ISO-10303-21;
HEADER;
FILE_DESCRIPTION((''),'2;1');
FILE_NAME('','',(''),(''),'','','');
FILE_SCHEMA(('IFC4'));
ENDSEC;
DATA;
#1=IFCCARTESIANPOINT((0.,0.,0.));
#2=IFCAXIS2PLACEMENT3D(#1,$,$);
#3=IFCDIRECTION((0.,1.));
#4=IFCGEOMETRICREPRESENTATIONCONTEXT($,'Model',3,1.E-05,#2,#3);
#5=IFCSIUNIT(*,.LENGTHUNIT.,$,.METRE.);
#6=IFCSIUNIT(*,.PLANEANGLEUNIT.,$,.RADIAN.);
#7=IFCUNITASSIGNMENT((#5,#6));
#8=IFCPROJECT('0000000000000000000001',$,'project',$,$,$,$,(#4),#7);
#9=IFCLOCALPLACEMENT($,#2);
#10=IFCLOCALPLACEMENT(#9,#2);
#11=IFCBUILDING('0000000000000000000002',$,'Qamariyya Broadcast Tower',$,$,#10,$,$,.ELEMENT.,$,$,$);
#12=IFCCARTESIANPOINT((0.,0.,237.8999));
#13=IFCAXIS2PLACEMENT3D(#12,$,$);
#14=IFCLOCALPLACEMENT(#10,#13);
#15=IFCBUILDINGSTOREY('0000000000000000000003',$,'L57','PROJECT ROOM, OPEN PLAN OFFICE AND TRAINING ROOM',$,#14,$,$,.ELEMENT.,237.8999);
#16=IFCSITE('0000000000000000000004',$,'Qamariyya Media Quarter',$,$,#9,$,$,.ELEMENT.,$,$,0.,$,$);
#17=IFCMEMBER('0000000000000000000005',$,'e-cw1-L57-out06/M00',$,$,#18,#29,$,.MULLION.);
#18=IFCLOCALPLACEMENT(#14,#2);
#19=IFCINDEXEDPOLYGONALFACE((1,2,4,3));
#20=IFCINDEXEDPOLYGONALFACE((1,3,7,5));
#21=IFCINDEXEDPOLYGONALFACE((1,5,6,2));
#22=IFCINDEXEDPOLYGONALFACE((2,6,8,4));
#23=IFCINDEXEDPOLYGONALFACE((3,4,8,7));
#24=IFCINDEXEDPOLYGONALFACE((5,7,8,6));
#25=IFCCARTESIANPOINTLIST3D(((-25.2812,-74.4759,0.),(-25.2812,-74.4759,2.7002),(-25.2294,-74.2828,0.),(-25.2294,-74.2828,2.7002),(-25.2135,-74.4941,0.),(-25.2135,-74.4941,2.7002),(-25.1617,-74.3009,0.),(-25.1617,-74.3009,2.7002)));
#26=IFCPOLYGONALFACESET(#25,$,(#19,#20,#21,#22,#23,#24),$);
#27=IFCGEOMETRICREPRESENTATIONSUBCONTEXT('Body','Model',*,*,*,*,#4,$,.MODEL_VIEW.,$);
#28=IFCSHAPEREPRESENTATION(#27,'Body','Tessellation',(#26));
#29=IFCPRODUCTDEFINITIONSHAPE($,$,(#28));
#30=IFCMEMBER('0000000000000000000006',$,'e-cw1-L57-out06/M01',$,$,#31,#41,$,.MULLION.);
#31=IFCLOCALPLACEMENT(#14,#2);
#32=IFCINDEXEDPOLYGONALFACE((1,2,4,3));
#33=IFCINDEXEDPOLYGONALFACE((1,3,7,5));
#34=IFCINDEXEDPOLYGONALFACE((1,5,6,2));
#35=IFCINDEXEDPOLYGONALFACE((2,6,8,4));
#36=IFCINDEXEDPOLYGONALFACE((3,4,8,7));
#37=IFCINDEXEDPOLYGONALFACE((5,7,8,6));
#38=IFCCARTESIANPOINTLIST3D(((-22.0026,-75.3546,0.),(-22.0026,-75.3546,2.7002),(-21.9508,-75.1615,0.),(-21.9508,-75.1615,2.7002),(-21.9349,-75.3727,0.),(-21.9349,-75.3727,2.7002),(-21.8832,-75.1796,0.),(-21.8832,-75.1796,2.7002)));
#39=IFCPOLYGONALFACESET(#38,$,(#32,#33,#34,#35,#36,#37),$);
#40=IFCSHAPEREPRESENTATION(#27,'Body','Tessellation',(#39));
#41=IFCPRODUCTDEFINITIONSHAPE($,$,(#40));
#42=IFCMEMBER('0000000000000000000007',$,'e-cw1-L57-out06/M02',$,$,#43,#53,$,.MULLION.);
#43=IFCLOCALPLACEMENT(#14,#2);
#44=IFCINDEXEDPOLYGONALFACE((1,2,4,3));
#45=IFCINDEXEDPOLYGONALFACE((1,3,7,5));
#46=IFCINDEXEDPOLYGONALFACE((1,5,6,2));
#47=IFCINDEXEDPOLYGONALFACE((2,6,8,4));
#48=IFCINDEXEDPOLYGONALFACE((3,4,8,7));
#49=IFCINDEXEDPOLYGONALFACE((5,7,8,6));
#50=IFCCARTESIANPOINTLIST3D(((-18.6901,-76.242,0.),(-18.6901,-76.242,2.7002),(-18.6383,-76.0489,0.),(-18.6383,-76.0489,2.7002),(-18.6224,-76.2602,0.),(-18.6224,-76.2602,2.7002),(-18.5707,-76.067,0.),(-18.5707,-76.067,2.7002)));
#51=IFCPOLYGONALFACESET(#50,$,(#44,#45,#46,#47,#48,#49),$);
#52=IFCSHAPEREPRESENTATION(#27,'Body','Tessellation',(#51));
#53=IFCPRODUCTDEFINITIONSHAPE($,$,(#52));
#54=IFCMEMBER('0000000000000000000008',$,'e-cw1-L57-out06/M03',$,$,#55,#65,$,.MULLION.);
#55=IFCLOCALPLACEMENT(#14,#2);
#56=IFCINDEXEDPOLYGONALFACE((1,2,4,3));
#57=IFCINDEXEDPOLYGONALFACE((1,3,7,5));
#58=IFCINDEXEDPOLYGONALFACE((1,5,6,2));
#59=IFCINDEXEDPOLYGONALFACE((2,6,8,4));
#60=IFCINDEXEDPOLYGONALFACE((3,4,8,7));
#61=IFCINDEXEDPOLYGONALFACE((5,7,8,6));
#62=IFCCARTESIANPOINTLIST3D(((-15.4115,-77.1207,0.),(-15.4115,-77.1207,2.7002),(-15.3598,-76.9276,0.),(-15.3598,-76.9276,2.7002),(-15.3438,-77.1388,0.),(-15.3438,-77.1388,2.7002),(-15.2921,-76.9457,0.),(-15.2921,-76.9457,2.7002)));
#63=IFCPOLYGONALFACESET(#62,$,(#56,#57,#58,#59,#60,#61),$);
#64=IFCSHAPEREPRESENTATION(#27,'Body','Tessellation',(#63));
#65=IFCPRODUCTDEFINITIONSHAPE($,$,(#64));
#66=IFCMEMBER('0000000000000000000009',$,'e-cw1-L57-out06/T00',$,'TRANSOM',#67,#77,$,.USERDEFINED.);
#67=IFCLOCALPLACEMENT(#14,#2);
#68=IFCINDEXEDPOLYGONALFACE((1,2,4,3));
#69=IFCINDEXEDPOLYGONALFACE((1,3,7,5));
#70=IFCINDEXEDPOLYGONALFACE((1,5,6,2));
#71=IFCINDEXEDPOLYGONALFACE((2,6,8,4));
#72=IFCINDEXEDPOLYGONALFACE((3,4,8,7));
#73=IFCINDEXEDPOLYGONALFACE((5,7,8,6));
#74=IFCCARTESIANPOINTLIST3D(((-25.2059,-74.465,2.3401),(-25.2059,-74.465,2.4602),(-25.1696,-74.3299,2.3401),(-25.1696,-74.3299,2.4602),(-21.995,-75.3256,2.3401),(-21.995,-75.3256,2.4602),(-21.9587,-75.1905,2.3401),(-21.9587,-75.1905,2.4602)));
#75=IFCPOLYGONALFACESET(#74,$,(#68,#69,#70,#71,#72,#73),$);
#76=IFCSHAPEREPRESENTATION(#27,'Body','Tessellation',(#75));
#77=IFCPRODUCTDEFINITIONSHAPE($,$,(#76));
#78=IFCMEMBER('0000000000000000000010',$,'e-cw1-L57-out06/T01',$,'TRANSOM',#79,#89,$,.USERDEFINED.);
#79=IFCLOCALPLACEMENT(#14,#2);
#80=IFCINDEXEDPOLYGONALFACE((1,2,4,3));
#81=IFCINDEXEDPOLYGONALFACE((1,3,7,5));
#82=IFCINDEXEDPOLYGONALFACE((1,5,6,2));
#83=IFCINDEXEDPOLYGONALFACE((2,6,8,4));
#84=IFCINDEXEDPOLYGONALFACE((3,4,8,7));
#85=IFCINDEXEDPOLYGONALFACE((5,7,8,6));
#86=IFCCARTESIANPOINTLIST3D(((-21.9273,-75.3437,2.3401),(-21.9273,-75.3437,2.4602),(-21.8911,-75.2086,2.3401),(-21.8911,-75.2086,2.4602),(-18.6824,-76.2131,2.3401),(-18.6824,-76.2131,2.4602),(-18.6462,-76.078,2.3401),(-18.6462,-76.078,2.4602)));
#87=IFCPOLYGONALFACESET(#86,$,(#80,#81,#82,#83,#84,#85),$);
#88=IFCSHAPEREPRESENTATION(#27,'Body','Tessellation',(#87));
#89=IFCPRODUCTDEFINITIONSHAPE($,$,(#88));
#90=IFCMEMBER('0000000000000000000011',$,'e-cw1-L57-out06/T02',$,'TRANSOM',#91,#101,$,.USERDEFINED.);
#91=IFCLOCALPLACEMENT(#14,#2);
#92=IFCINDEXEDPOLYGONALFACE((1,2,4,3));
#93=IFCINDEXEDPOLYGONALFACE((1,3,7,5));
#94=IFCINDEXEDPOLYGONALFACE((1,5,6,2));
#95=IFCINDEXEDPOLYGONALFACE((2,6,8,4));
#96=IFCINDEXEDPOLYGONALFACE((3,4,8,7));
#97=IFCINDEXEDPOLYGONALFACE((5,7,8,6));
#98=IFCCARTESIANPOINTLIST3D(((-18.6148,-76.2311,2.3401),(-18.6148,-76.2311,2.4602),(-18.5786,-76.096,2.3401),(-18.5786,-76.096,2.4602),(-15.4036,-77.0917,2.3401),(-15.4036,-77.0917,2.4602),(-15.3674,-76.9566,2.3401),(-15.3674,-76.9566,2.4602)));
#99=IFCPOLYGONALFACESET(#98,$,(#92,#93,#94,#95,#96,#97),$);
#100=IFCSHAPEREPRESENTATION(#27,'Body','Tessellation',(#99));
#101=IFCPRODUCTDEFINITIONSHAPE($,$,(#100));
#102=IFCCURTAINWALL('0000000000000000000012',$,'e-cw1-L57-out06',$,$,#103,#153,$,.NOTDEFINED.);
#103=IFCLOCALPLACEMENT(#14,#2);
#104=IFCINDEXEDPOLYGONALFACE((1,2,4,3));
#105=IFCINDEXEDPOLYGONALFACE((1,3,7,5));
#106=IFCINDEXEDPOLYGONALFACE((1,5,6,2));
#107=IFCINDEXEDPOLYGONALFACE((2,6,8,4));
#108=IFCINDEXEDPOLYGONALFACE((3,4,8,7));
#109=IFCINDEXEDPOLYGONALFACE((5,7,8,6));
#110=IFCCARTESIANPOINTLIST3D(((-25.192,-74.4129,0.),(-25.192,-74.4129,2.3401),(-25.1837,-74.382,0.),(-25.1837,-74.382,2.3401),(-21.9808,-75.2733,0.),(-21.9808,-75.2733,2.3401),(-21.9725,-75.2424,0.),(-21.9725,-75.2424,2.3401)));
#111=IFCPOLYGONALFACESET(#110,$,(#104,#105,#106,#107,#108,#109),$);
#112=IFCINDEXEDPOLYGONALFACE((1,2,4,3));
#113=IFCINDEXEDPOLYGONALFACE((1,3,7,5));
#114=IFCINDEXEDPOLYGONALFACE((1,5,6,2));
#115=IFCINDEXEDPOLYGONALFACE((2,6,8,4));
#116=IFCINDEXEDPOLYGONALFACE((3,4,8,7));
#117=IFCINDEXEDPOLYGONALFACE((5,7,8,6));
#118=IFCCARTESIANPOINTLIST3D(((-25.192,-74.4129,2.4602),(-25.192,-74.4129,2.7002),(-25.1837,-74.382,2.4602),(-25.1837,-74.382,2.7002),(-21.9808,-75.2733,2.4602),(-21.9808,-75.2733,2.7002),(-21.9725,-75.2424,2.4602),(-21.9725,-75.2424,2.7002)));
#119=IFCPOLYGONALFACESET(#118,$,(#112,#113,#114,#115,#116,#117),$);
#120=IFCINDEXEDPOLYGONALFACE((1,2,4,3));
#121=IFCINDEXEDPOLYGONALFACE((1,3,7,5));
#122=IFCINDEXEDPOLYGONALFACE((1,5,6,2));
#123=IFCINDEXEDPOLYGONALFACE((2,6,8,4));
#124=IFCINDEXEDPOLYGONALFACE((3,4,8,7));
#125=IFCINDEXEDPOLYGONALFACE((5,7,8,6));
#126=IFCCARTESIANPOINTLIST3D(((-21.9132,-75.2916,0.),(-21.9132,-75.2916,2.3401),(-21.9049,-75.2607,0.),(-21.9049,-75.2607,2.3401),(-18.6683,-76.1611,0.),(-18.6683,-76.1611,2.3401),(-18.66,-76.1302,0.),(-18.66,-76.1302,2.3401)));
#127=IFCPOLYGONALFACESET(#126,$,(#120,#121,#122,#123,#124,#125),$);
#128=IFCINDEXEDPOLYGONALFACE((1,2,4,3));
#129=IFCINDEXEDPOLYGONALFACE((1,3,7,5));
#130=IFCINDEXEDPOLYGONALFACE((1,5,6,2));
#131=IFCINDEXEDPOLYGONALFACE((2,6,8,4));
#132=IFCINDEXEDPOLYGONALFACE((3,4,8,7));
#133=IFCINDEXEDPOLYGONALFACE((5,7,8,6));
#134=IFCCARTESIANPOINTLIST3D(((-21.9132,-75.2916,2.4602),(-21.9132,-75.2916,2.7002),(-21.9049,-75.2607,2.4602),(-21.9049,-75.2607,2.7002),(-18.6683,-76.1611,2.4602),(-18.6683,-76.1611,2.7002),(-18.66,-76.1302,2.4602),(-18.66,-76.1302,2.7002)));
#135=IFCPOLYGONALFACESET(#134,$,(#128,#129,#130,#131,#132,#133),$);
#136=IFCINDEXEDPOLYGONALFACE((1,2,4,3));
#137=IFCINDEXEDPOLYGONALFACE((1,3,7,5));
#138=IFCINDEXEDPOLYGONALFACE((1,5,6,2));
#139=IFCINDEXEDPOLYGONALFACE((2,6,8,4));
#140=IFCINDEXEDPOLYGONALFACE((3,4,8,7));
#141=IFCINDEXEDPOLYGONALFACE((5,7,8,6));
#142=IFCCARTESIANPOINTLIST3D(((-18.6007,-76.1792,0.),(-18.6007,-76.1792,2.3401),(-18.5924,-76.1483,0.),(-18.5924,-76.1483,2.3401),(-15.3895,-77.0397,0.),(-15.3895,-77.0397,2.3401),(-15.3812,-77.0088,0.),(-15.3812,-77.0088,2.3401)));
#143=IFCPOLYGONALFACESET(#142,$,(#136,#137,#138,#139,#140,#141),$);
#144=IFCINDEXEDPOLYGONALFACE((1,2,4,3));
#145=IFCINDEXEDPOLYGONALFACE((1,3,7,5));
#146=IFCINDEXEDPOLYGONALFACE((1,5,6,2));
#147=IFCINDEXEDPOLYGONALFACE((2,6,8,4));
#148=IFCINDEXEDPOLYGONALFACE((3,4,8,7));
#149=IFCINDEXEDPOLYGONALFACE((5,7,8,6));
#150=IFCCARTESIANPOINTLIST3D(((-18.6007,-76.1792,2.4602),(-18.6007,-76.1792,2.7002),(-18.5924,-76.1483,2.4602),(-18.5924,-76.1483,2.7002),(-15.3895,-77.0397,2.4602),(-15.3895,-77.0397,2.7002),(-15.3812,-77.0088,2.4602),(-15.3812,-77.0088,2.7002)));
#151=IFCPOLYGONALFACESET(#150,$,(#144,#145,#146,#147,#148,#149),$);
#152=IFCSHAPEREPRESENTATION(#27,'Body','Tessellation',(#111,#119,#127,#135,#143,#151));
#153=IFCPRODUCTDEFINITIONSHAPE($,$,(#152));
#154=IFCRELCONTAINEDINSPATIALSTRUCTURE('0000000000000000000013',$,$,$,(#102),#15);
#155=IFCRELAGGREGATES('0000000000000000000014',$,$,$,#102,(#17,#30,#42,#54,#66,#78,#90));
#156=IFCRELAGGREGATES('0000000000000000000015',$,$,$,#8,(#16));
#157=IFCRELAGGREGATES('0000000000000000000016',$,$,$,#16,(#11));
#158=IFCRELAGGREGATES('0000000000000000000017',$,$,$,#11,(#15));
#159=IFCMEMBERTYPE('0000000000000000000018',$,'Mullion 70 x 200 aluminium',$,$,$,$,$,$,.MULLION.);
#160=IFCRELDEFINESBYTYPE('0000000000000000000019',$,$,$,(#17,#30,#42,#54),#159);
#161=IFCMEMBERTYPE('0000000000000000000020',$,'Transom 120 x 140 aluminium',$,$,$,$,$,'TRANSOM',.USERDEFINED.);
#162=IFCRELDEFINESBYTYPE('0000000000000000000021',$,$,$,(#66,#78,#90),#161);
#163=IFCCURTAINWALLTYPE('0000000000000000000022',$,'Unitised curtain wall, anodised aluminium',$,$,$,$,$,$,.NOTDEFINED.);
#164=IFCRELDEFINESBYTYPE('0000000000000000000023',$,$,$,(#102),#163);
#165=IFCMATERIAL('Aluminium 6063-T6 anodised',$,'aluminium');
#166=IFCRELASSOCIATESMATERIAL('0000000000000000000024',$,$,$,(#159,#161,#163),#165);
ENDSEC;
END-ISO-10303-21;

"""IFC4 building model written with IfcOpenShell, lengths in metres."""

from ifc_helpers import new_model, si_unit, direction, frame, origin, origin_2d, place, context, subcontext, project, spatial, rectangle, extrude, material, material_profile, profile_set, type_object, element, aggregate, save


model = new_model("IFC4")

# Units and contexts
model_context = context("Model", 3, precision=1e-05, world=origin(), true_north=direction((0.0, 1.0)))
body_context = subcontext(model_context, "Body", "Model", "MODEL_VIEW")
ifc_project = project(units=[si_unit("LENGTHUNIT", "METRE"), si_unit("PLANEANGLEUNIT", "RADIAN")], contexts=[model_context])

# Members
ifc_material = material(Name="Aluminium 6063-T6 anodised", Category="aluminium")
ifc_material_profile_1 = material_profile(ifc_material, rectangle(XDim=0.2, YDim=0.0701, at=origin_2d()))
ifc_profile_set_1 = profile_set([ifc_material_profile_1], Name="Aluminium 6063-T6 anodised")
member_type_1 = type_object("IfcMemberType", Name="Mullion 70 x 200 aluminium", PredefinedType="MULLION", material=ifc_profile_set_1)
site_placement = place(None, origin())
building_placement = place(site_placement, origin())
storey_placement = place(building_placement, frame((0.0, 0.0, 237.8999)))
member_1_placement = place(storey_placement, frame((-25.2214, -74.3884, 0.0), z_axis=(0.0, 0.0, 1.0), x_axis=(0.258819, 0.965926, 0.0)))
member_1 = element("IfcMember", 1, at=member_1_placement, type_object=member_type_1, Name="e-cw1-L57-out06/M00", PredefinedType="MULLION", context=body_context, shape_type="SweptSolid", body=[
    extrude(rectangle(XDim=0.2, YDim=0.0701, at=origin_2d()), origin(), (0.0, 0.0, 1.0), 2.7002),
])
member_2_placement = place(storey_placement, frame((-21.9429, -75.2671, 0.0), z_axis=(0.0, 0.0, 1.0), x_axis=(0.258819, 0.965926, 0.0)))
member_2 = element("IfcMember", 2, at=member_2_placement, type_object=member_type_1, Name="e-cw1-L57-out06/M01", PredefinedType="MULLION", context=body_context, shape_type="SweptSolid", body=[
    extrude(rectangle(XDim=0.2, YDim=0.0701, at=origin_2d()), origin(), (0.0, 0.0, 1.0), 2.7002),
])
member_3_placement = place(storey_placement, frame((-18.6304, -76.1545, 0.0), z_axis=(0.0, 0.0, 1.0), x_axis=(0.258819, 0.965926, 0.0)))
member_3 = element("IfcMember", 3, at=member_3_placement, type_object=member_type_1, Name="e-cw1-L57-out06/M02", PredefinedType="MULLION", context=body_context, shape_type="SweptSolid", body=[
    extrude(rectangle(XDim=0.2, YDim=0.0701, at=origin_2d()), origin(), (0.0, 0.0, 1.0), 2.7002),
])
member_4_placement = place(storey_placement, frame((-15.3518, -77.0332, 0.0), z_axis=(0.0, 0.0, 1.0), x_axis=(0.258819, 0.965926, 0.0)))
member_4 = element("IfcMember", 4, at=member_4_placement, type_object=member_type_1, Name="e-cw1-L57-out06/M03", PredefinedType="MULLION", context=body_context, shape_type="SweptSolid", body=[
    extrude(rectangle(XDim=0.2, YDim=0.0701, at=origin_2d()), origin(), (0.0, 0.0, 1.0), 2.7002),
])
ifc_material_profile_2 = material_profile(ifc_material, rectangle(XDim=0.1399, YDim=0.1201, at=origin_2d()))
ifc_profile_set_2 = profile_set([ifc_material_profile_2], Name="Aluminium 6063-T6 anodised")
member_type_2 = type_object("IfcMemberType", Name="Transom 120 x 140 aluminium", ElementType="TRANSOM", PredefinedType="USERDEFINED", material=ifc_profile_set_2)
member_5_placement = place(storey_placement, frame((-25.1877, -74.3975, 2.4001), z_axis=(0.965909, -0.258883, 0.0), x_axis=(0.258883, 0.965909, 0.0)))
member_5 = element("IfcMember", 5, at=member_5_placement, type_object=member_type_2, Name="e-cw1-L57-out06/T00", ObjectType="TRANSOM", PredefinedType="USERDEFINED", context=body_context, shape_type="SweptSolid", body=[
    extrude(rectangle(XDim=0.1399, YDim=0.1201, at=origin_2d()), origin(), (0.0, 0.0, 1.0), 3.3242),
])
member_6_placement = place(storey_placement, frame((-21.9092, -75.2761, 2.4001), z_axis=(0.965932, -0.258798, 0.0), x_axis=(0.258798, 0.965932, 0.0)))
member_6 = element("IfcMember", 6, at=member_6_placement, type_object=member_type_2, Name="e-cw1-L57-out06/T01", ObjectType="TRANSOM", PredefinedType="USERDEFINED", context=body_context, shape_type="SweptSolid", body=[
    extrude(rectangle(XDim=0.1399, YDim=0.1201, at=origin_2d()), origin(), (0.0, 0.0, 1.0), 3.3594),
])
member_7_placement = place(storey_placement, frame((-18.5967, -76.1636, 2.4001), z_axis=(0.965914, -0.258865, 0.0), x_axis=(0.258865, 0.965914, 0.0)))
member_7 = element("IfcMember", 7, at=member_7_placement, type_object=member_type_2, Name="e-cw1-L57-out06/T02", ObjectType="TRANSOM", PredefinedType="USERDEFINED", context=body_context, shape_type="SweptSolid", body=[
    extrude(rectangle(XDim=0.1399, YDim=0.1201, at=origin_2d()), origin(), (0.0, 0.0, 1.0), 3.3245),
])

# Site, building, storey
site = spatial("IfcSite", under=ifc_project, at=site_placement, Name="Qamariyya Media Quarter", CompositionType="ELEMENT", RefElevation=0.0)
building = spatial("IfcBuilding", under=site, at=building_placement, Name="Qamariyya Broadcast Tower", CompositionType="ELEMENT")
storey = spatial("IfcBuildingStorey", under=building, at=storey_placement, Name="L57", Description="PROJECT ROOM, OPEN PLAN OFFICE AND TRAINING ROOM", CompositionType="ELEMENT", Elevation=237.8999)

# Curtain wall
curtain_wall_type = type_object("IfcCurtainWallType", Name="Unitised curtain wall, anodised aluminium", PredefinedType="NOTDEFINED", material=ifc_material)
curtain_wall_1_placement = place(storey_placement, origin())
curtain_wall_1 = element("IfcCurtainWall", 8, at=curtain_wall_1_placement, inside=storey, type_object=curtain_wall_type, Name="e-cw1-L57-out06", PredefinedType="NOTDEFINED", context=body_context, shape_type="SweptSolid", body=[
    extrude(rectangle(XDim=3.3245, YDim=0.032, at=origin_2d()), frame((-23.5823, -74.8276, 0.0), x_axis=(0.965923, -0.258828, 0.0)), (0.0, 0.0, 1.0), 2.3401),
    extrude(rectangle(XDim=3.3245, YDim=0.032, at=origin_2d()), frame((-23.5823, -74.8276, 2.4602), x_axis=(0.965923, -0.258828, 0.0)), (0.0, 0.0, 1.0), 0.24),
    extrude(rectangle(XDim=3.3594, YDim=0.032, at=origin_2d()), frame((-20.2866, -75.7109, 0.0), x_axis=(0.965923, -0.258828, 0.0)), (0.0, 0.0, 1.0), 2.3401),
    extrude(rectangle(XDim=3.3594, YDim=0.032, at=origin_2d()), frame((-20.2866, -75.7109, 2.4602), x_axis=(0.965923, -0.258828, 0.0)), (0.0, 0.0, 1.0), 0.24),
    extrude(rectangle(XDim=3.3245, YDim=0.032, at=origin_2d()), frame((-16.991, -76.594, 0.0), x_axis=(0.965923, -0.258828, 0.0)), (0.0, 0.0, 1.0), 2.3401),
    extrude(rectangle(XDim=3.3245, YDim=0.032, at=origin_2d()), frame((-16.991, -76.594, 2.4602), x_axis=(0.965923, -0.258828, 0.0)), (0.0, 0.0, 1.0), 0.24),
])
aggregate(curtain_wall_1, [member_1, member_2, member_3, member_4, member_5, member_6, member_7])

save(model, "model.ifc")
